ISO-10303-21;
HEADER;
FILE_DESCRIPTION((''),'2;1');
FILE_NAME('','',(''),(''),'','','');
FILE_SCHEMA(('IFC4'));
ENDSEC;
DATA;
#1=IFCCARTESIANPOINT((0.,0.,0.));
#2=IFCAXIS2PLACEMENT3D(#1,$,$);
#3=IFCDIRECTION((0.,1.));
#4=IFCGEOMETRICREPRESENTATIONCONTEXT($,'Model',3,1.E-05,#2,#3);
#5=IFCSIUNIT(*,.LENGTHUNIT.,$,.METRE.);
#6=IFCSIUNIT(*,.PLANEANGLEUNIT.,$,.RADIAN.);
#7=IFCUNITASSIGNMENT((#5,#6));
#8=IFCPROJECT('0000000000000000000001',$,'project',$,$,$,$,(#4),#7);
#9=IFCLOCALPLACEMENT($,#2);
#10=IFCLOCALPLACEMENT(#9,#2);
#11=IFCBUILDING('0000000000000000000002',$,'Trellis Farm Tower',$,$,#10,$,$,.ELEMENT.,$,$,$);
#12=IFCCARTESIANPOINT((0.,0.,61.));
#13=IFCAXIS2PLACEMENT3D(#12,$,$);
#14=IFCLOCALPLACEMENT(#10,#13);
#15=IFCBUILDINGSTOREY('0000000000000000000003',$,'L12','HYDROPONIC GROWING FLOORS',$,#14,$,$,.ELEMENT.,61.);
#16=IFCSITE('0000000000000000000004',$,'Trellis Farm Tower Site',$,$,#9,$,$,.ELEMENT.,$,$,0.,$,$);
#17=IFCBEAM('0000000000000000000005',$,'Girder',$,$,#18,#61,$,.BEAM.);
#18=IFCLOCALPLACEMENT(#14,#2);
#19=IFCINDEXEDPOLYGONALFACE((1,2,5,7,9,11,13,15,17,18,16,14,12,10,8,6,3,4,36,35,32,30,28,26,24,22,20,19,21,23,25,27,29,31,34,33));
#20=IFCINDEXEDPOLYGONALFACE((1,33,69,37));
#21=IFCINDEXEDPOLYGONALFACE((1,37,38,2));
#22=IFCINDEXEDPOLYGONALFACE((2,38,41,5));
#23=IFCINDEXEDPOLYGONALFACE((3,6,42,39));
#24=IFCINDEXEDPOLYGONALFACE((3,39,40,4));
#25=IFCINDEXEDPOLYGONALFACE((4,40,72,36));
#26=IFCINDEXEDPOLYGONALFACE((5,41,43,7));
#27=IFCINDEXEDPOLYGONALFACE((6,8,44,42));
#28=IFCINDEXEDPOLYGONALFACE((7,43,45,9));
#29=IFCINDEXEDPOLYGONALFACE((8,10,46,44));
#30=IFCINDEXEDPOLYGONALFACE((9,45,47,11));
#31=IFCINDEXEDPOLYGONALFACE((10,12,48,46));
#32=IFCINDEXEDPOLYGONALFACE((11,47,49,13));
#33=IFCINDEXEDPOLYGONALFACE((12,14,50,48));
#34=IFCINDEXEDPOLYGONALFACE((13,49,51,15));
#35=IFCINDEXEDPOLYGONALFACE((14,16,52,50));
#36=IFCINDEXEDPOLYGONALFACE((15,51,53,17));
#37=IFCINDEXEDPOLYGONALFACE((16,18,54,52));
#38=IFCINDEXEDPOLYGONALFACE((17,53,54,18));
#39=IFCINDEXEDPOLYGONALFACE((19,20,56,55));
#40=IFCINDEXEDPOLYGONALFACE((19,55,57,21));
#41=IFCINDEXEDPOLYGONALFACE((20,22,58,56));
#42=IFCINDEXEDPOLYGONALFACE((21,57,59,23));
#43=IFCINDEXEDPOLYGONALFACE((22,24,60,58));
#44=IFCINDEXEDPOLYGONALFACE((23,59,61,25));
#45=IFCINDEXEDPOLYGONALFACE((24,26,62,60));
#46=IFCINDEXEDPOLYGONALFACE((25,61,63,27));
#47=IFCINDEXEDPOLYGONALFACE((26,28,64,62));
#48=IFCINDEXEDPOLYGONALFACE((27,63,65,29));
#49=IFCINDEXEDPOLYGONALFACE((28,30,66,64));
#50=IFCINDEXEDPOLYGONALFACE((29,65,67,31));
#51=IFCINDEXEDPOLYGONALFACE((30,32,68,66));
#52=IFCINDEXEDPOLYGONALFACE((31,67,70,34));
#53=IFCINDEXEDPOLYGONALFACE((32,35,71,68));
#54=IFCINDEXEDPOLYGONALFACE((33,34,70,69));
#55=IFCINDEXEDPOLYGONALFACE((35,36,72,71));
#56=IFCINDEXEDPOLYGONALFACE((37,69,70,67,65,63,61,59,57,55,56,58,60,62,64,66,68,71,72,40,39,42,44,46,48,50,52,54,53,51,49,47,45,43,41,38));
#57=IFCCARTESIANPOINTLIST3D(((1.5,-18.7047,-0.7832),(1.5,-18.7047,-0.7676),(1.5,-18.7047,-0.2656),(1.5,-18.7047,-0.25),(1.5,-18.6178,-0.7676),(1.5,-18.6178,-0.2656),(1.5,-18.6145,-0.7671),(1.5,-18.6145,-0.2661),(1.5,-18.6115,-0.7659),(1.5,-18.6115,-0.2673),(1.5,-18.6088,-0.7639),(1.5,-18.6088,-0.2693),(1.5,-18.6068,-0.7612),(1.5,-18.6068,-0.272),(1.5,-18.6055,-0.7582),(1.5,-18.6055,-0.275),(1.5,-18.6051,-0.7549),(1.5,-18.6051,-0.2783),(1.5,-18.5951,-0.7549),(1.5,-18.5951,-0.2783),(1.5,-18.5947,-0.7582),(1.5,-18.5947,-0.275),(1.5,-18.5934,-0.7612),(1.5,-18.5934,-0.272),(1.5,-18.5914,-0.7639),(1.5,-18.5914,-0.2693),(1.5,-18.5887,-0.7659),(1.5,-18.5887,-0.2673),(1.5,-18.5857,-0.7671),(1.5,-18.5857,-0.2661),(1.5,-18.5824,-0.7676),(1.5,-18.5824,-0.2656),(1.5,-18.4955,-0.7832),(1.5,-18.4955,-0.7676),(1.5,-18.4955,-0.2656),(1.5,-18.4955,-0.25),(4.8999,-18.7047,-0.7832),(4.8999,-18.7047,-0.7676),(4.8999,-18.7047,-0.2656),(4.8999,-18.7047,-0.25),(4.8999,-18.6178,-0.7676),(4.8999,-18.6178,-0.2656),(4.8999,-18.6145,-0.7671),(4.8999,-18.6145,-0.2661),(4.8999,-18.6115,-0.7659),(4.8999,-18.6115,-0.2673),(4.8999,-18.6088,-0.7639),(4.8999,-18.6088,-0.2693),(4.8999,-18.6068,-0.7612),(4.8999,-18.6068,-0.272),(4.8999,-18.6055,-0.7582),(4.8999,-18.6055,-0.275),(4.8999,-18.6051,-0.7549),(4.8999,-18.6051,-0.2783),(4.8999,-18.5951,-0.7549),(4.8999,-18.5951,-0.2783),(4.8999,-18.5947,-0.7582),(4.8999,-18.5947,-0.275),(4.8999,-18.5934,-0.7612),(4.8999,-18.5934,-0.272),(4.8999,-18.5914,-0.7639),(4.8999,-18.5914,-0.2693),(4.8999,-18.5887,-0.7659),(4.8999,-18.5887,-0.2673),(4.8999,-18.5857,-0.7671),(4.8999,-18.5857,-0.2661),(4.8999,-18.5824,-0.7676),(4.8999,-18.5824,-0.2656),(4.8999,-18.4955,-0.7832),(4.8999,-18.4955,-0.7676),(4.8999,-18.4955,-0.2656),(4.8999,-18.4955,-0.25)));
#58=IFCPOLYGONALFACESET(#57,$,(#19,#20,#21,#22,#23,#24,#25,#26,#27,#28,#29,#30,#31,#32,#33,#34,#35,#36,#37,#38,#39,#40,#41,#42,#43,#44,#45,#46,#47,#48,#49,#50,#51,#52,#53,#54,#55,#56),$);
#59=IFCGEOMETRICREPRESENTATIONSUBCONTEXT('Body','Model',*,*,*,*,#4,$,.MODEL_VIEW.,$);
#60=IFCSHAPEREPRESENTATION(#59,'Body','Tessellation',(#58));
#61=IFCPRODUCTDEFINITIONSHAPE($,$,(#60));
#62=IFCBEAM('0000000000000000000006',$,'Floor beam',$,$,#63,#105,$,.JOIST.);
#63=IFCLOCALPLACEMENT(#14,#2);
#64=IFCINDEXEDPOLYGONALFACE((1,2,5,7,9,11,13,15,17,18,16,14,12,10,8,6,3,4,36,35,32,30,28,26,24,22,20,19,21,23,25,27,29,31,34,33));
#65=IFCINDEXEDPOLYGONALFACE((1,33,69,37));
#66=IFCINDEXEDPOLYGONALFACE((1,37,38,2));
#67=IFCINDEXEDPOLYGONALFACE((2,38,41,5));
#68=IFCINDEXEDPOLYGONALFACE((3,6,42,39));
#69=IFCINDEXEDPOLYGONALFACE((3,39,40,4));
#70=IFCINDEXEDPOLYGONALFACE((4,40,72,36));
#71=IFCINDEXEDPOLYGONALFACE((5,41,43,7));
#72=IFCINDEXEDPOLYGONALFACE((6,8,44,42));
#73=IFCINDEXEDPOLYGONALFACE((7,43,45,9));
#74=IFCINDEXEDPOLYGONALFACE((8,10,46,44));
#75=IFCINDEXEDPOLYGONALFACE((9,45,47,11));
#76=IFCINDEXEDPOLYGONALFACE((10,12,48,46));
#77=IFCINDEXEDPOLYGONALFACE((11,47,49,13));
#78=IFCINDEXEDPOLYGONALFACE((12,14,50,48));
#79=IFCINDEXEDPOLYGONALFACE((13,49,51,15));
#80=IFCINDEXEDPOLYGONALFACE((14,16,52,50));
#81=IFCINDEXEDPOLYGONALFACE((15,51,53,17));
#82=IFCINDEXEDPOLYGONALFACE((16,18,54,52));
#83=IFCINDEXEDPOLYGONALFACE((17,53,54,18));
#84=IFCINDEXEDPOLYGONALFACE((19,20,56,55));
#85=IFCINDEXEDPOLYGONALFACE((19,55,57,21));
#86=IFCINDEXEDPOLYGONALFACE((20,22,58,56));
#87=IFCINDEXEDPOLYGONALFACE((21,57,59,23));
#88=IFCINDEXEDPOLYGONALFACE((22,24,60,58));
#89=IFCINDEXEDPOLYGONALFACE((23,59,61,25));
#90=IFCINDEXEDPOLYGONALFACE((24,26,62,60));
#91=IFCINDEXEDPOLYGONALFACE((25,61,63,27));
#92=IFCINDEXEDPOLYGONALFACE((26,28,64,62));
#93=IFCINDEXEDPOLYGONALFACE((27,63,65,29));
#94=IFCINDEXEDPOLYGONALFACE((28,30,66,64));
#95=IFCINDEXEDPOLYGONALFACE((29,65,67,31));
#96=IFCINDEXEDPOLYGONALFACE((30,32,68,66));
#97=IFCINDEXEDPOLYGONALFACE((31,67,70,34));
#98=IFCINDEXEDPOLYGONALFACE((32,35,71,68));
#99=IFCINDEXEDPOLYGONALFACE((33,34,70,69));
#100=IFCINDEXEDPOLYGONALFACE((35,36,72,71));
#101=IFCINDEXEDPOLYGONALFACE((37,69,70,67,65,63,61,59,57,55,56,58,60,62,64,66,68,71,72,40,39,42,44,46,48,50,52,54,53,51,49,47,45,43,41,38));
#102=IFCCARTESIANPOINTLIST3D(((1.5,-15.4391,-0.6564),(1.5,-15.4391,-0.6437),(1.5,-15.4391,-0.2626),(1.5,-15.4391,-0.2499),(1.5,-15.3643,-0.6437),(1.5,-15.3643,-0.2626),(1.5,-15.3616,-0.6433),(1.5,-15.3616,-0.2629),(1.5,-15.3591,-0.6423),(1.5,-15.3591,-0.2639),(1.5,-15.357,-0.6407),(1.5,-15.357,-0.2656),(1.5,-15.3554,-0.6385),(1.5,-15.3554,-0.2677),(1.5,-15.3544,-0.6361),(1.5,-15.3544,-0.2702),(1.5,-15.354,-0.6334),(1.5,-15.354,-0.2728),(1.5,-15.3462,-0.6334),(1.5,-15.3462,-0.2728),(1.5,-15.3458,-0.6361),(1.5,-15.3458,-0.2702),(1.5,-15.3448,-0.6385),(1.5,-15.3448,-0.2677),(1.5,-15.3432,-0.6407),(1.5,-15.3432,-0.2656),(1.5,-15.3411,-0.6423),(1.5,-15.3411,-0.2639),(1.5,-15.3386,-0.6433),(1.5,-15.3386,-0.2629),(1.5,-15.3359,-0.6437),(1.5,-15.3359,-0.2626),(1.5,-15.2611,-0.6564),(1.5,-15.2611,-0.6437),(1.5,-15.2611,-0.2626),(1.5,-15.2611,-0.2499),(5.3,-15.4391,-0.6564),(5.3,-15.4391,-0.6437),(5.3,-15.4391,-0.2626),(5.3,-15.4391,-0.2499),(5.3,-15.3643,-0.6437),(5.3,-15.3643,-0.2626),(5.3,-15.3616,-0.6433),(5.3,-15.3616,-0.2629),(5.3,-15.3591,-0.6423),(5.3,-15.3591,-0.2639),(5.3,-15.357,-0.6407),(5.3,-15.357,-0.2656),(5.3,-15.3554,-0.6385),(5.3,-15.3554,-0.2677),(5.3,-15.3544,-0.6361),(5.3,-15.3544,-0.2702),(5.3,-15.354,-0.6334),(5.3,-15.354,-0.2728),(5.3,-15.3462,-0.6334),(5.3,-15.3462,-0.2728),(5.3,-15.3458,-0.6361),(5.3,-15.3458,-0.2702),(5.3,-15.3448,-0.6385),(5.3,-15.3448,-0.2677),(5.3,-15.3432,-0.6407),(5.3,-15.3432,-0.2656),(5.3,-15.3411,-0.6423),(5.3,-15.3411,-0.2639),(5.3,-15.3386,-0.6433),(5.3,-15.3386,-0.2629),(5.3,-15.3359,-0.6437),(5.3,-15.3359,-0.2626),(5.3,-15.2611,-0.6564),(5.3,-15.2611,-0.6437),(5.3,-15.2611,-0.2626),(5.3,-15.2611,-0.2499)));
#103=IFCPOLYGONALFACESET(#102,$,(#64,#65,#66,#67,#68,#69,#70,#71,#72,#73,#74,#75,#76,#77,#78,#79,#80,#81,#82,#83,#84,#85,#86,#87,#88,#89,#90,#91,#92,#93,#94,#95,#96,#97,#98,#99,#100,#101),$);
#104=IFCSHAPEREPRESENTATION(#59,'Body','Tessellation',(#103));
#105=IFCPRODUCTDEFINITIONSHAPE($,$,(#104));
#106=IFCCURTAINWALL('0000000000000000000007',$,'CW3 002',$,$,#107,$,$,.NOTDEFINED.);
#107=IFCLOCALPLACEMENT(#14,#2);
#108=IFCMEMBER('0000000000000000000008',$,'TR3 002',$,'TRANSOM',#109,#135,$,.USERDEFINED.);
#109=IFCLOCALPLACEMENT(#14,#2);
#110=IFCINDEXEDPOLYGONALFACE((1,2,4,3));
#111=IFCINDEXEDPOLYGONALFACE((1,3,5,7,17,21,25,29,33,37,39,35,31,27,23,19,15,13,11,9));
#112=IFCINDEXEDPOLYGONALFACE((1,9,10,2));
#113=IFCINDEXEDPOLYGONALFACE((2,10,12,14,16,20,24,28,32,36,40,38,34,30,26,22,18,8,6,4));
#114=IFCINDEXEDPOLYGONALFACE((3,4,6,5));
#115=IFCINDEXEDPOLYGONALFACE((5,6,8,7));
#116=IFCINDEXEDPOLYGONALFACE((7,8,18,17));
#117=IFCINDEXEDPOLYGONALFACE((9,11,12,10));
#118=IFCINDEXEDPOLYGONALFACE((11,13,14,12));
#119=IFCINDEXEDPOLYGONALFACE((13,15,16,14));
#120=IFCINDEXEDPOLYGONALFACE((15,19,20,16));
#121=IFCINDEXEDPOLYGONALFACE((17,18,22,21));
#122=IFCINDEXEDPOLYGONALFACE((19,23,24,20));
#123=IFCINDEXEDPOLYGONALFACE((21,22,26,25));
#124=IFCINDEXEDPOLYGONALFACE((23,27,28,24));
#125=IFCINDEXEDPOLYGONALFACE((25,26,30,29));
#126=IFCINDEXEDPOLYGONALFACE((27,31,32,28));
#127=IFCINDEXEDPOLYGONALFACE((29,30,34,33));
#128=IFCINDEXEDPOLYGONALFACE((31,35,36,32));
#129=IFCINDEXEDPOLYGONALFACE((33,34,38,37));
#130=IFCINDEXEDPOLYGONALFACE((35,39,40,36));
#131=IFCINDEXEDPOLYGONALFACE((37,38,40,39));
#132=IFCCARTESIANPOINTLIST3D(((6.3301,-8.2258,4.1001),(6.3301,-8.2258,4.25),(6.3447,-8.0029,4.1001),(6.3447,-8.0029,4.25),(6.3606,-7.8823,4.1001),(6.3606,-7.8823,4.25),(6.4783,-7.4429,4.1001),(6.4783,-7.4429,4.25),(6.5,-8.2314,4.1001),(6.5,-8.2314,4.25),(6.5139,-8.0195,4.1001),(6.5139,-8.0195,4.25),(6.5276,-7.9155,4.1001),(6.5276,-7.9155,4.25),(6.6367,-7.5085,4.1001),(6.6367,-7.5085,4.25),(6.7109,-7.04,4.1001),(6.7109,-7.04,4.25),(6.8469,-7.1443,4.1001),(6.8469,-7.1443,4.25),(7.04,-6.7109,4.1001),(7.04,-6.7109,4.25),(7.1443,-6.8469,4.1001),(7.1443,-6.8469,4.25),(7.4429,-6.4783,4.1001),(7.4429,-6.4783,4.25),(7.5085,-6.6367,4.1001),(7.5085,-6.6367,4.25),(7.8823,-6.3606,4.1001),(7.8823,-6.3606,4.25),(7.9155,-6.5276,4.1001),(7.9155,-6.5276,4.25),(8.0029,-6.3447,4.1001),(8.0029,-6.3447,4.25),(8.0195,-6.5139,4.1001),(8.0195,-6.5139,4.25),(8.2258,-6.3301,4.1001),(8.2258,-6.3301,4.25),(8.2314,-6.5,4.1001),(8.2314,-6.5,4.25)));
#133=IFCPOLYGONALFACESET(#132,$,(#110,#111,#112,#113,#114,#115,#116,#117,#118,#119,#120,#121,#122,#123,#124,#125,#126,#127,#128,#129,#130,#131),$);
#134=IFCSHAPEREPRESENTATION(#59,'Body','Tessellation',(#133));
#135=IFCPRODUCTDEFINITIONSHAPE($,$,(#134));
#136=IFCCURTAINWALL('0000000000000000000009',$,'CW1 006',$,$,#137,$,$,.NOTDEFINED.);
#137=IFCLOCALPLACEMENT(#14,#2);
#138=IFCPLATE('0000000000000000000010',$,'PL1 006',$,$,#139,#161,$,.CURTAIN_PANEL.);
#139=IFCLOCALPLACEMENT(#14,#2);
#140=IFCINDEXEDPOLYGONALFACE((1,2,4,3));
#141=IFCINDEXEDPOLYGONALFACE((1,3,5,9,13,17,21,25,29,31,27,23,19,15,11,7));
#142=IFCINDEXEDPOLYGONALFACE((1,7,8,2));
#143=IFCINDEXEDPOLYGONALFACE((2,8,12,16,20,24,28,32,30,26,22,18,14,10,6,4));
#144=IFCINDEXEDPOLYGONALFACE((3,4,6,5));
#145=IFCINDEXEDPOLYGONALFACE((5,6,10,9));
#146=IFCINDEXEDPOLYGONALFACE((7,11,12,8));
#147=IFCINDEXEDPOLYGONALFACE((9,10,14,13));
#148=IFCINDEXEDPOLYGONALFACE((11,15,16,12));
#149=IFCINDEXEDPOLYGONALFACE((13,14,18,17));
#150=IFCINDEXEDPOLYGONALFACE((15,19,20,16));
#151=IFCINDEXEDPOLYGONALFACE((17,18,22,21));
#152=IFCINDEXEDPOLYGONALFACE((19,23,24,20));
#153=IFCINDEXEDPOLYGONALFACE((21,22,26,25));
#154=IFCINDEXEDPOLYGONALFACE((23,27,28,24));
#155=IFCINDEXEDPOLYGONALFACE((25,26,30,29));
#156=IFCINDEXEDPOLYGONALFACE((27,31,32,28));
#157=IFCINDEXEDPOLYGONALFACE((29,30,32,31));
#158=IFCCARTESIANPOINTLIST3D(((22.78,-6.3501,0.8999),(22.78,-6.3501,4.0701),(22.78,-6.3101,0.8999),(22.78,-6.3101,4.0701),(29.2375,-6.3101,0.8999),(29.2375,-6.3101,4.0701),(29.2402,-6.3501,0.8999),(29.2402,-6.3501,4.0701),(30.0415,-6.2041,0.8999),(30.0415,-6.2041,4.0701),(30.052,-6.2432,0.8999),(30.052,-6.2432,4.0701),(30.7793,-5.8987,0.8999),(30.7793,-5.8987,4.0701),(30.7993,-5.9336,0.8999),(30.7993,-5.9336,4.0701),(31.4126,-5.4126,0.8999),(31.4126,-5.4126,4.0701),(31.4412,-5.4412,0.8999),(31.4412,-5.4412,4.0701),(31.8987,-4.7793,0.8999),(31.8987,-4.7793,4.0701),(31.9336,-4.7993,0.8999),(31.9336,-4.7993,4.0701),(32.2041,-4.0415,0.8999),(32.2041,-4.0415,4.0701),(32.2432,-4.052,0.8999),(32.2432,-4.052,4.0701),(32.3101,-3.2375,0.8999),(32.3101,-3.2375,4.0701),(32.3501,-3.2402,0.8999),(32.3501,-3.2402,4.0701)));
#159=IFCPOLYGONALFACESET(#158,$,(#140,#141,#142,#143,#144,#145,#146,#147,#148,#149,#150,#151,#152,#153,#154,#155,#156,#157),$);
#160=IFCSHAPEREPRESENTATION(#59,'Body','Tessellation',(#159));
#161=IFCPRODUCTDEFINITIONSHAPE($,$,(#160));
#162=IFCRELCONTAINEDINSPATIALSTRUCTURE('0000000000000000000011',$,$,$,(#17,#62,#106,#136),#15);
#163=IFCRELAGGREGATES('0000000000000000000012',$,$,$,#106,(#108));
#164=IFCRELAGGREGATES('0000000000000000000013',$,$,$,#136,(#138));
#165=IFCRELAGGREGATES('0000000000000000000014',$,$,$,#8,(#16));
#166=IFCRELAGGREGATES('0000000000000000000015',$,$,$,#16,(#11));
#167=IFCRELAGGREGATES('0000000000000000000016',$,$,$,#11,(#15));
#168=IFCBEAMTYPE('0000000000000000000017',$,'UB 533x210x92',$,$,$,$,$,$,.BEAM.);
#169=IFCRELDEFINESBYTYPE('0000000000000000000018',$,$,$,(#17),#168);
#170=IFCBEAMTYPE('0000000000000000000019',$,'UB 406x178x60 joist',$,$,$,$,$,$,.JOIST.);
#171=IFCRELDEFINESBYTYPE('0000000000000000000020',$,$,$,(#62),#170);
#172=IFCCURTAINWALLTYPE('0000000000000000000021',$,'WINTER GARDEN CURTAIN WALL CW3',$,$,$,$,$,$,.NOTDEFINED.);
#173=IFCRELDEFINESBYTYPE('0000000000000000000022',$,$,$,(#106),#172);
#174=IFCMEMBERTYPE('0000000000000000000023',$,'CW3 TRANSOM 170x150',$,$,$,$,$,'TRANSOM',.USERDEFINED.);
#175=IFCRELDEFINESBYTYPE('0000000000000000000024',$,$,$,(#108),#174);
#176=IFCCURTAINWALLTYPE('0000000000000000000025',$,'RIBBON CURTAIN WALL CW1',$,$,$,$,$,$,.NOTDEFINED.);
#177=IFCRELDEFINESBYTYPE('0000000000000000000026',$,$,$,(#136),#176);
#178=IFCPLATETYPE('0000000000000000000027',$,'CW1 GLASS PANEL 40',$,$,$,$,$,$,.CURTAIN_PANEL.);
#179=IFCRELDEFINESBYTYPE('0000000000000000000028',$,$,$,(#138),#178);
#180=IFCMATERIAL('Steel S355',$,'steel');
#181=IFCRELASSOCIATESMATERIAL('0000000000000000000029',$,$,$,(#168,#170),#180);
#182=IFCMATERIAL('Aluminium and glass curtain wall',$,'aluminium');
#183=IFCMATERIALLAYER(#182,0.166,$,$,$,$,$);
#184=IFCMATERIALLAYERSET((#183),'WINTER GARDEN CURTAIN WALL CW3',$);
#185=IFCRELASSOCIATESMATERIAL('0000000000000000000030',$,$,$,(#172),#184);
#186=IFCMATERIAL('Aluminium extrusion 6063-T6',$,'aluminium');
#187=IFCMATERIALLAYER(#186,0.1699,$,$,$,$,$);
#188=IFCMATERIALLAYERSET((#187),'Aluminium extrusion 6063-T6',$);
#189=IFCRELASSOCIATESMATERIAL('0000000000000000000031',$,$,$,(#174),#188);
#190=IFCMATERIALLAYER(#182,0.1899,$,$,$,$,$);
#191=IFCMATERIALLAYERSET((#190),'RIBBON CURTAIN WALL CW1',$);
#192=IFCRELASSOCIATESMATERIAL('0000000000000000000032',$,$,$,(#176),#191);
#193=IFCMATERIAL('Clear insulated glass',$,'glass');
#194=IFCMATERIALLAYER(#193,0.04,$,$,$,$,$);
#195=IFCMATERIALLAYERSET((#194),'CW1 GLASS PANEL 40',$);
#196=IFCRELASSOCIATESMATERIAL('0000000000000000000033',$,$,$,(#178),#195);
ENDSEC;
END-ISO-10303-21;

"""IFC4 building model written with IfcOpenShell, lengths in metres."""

from ifc_helpers import new_model, si_unit, direction, frame, origin, origin_2d, place, context, subcontext, project, spatial, polyline, i_section, outline, extrude, source, transform, mapped, material, layer, layer_set, material_profile, profile_set, type_object, element, aggregate, save


model = new_model("IFC4")

# Units and contexts
model_context = context("Model", 3, precision=1e-05, world=origin(), true_north=direction((0.0, 1.0)))
body_context = subcontext(model_context, "Body", "Model", "MODEL_VIEW")
ifc_project = project(units=[si_unit("LENGTHUNIT", "METRE"), si_unit("PLANEANGLEUNIT", "RADIAN")], contexts=[model_context])

# Site, building, storey
site_placement = place(None, origin())
site = spatial("IfcSite", under=ifc_project, at=site_placement, Name="Trellis Farm Tower Site", CompositionType="ELEMENT", RefElevation=0.0)
building_placement = place(site_placement, origin())
building = spatial("IfcBuilding", under=site, at=building_placement, Name="Trellis Farm Tower", CompositionType="ELEMENT")
storey_placement = place(building_placement, frame((0.0, 0.0, 61.0)))
storey = spatial("IfcBuildingStorey", under=building, at=storey_placement, Name="L12", Description="HYDROPONIC GROWING FLOORS", CompositionType="ELEMENT", Elevation=61.0)

# Beams
ifc_material_1 = material(Name="Steel S355", Category="steel")
ifc_material_profile_1 = material_profile(ifc_material_1, i_section(OverallWidth=0.2092, OverallDepth=0.5332, WebThickness=0.01, FlangeThickness=0.0156, FilletRadius=0.0127, at=origin_2d()), Name="UB 533x210x92")
ifc_profile_set_1 = profile_set([ifc_material_profile_1], Name="Steel S355")
beam_type_1 = type_object("IfcBeamType", Name="UB 533x210x92", PredefinedType="BEAM", material=ifc_profile_set_1)
shared_shape_1 = source(origin(), body_context, "Body", "SweptSolid", [
    extrude(i_section(OverallWidth=0.2092, OverallDepth=0.5332, WebThickness=0.01, FlangeThickness=0.0156, FilletRadius=0.0127, at=origin_2d()), origin(), (0.0, 0.0, 1.0), 3.3999),
])
beam_1_placement = place(storey_placement, frame((1.5, -18.6001, -0.5166), z_axis=(1.0, 0.0, 0.0), x_axis=(0.0, 1.0, 0.0)))
element("IfcBeam", 1, at=beam_1_placement, inside=storey, type_object=beam_type_1, Name="Girder", PredefinedType="BEAM", context=body_context, shape_type="MappedRepresentation", body=[
    mapped(shared_shape_1, transform((0.0, 0.0, 0.0))),
])
ifc_material_profile_2 = material_profile(ifc_material_1, i_section(OverallWidth=0.178, OverallDepth=0.4065, WebThickness=0.0078, FlangeThickness=0.0127, FilletRadius=0.0103, at=origin_2d()), Name="UB 406x178x60")
ifc_profile_set_2 = profile_set([ifc_material_profile_2], Name="Steel S355")
beam_type_2 = type_object("IfcBeamType", Name="UB 406x178x60 joist", PredefinedType="JOIST", material=ifc_profile_set_2)
shared_shape_2 = source(origin(), body_context, "Body", "SweptSolid", [
    extrude(i_section(OverallWidth=0.178, OverallDepth=0.4065, WebThickness=0.0078, FlangeThickness=0.0127, FilletRadius=0.0103, at=origin_2d()), origin(), (0.0, 0.0, 1.0), 3.8),
])
beam_2_placement = place(storey_placement, frame((1.5, -15.3501, -0.4531), z_axis=(1.0, 0.0, 0.0), x_axis=(0.0, 1.0, 0.0)))
element("IfcBeam", 2, at=beam_2_placement, inside=storey, type_object=beam_type_2, Name="Floor beam", PredefinedType="JOIST", context=body_context, shape_type="MappedRepresentation", body=[
    mapped(shared_shape_2, transform((0.0, 0.0, 0.0))),
])

# Curtain wall, member
ifc_material_2 = material(Name="Aluminium and glass curtain wall", Category="aluminium")
ifc_layer_1 = layer(ifc_material_2, 0.166)
ifc_layer_set_1 = layer_set([ifc_layer_1], Name="WINTER GARDEN CURTAIN WALL CW3")
curtain_wall_type_1 = type_object("IfcCurtainWallType", Name="WINTER GARDEN CURTAIN WALL CW3", PredefinedType="NOTDEFINED", material=ifc_layer_set_1)
placement = place(storey_placement, origin())
curtain_wall_1 = element("IfcCurtainWall", 3, at=placement, inside=storey, type_object=curtain_wall_type_1, Name="CW3 002", PredefinedType="NOTDEFINED")
ifc_material_3 = material(Name="Aluminium extrusion 6063-T6", Category="aluminium")
ifc_layer_2 = layer(ifc_material_3, 0.1699)
ifc_layer_set_2 = layer_set([ifc_layer_2], Name="Aluminium extrusion 6063-T6")
member_type = type_object("IfcMemberType", Name="CW3 TRANSOM 170x150", ElementType="TRANSOM", PredefinedType="USERDEFINED", material=ifc_layer_set_2)
shared_shape_3 = source(origin(), body_context, "Body", "SweptSolid", [
    extrude(outline(polyline([(6.5, -8.2314), (6.5139, -8.0195), (6.5276, -7.9155), (6.6367, -7.5085), (6.8469, -7.1443), (7.1443, -6.8469), (7.5085, -6.6367), (7.9155, -6.5276), (8.0195, -6.5139), (8.2314, -6.5), (8.2258, -6.3301), (8.0029, -6.3447), (7.8823, -6.3606), (7.4429, -6.4783), (7.04, -6.7109), (6.7109, -7.04), (6.4783, -7.4429), (6.3606, -7.8823), (6.3447, -8.0029), (6.3301, -8.2258), (6.5, -8.2314)])), origin(), (0.0, 0.0, 1.0), 0.1499),
])
member_placement = place(storey_placement, frame((0.0, 0.0, 4.1001)))
member = element("IfcMember", 4, at=member_placement, type_object=member_type, Name="TR3 002", ObjectType="TRANSOM", PredefinedType="USERDEFINED", context=body_context, shape_type="MappedRepresentation", body=[
    mapped(shared_shape_3, transform((0.0, 0.0, 0.0))),
])
aggregate(curtain_wall_1, [member])

# Curtain wall, plate
ifc_layer_3 = layer(ifc_material_2, 0.1899)
ifc_layer_set_3 = layer_set([ifc_layer_3], Name="RIBBON CURTAIN WALL CW1")
curtain_wall_type_2 = type_object("IfcCurtainWallType", Name="RIBBON CURTAIN WALL CW1", PredefinedType="NOTDEFINED", material=ifc_layer_set_3)
curtain_wall_2 = element("IfcCurtainWall", 5, at=placement, inside=storey, type_object=curtain_wall_type_2, Name="CW1 006", PredefinedType="NOTDEFINED")
ifc_material_4 = material(Name="Clear insulated glass", Category="glass")
ifc_layer_4 = layer(ifc_material_4, 0.04)
ifc_layer_set_4 = layer_set([ifc_layer_4], Name="CW1 GLASS PANEL 40")
plate_type_1 = type_object("IfcPlateType", Name="CW1 GLASS PANEL 40", PredefinedType="CURTAIN_PANEL", material=ifc_layer_set_4)
shared_shape_4 = source(origin(), body_context, "Body", "SweptSolid", [
    extrude(outline(polyline([(22.78, -6.3501), (29.2402, -6.3501), (30.052, -6.2432), (30.7993, -5.9336), (31.4412, -5.4412), (31.9336, -4.7993), (32.2432, -4.052), (32.3501, -3.2402), (32.3101, -3.2375), (32.2041, -4.0415), (31.8987, -4.7793), (31.4126, -5.4126), (30.7793, -5.8987), (30.0415, -6.2041), (29.2375, -6.3101), (22.78, -6.3101), (22.78, -6.3501)])), origin(), (0.0, 0.0, 1.0), 3.1702),
])
plate_1_placement = place(storey_placement, frame((0.0, 0.0, 0.8999)))
plate_1 = element("IfcPlate", 6, at=plate_1_placement, type_object=plate_type_1, Name="PL1 006", PredefinedType="CURTAIN_PANEL", context=body_context, shape_type="MappedRepresentation", body=[
    mapped(shared_shape_4, transform((0.0, 0.0, 0.0))),
])
aggregate(curtain_wall_2, [plate_1])

save(model, "model.ifc")
